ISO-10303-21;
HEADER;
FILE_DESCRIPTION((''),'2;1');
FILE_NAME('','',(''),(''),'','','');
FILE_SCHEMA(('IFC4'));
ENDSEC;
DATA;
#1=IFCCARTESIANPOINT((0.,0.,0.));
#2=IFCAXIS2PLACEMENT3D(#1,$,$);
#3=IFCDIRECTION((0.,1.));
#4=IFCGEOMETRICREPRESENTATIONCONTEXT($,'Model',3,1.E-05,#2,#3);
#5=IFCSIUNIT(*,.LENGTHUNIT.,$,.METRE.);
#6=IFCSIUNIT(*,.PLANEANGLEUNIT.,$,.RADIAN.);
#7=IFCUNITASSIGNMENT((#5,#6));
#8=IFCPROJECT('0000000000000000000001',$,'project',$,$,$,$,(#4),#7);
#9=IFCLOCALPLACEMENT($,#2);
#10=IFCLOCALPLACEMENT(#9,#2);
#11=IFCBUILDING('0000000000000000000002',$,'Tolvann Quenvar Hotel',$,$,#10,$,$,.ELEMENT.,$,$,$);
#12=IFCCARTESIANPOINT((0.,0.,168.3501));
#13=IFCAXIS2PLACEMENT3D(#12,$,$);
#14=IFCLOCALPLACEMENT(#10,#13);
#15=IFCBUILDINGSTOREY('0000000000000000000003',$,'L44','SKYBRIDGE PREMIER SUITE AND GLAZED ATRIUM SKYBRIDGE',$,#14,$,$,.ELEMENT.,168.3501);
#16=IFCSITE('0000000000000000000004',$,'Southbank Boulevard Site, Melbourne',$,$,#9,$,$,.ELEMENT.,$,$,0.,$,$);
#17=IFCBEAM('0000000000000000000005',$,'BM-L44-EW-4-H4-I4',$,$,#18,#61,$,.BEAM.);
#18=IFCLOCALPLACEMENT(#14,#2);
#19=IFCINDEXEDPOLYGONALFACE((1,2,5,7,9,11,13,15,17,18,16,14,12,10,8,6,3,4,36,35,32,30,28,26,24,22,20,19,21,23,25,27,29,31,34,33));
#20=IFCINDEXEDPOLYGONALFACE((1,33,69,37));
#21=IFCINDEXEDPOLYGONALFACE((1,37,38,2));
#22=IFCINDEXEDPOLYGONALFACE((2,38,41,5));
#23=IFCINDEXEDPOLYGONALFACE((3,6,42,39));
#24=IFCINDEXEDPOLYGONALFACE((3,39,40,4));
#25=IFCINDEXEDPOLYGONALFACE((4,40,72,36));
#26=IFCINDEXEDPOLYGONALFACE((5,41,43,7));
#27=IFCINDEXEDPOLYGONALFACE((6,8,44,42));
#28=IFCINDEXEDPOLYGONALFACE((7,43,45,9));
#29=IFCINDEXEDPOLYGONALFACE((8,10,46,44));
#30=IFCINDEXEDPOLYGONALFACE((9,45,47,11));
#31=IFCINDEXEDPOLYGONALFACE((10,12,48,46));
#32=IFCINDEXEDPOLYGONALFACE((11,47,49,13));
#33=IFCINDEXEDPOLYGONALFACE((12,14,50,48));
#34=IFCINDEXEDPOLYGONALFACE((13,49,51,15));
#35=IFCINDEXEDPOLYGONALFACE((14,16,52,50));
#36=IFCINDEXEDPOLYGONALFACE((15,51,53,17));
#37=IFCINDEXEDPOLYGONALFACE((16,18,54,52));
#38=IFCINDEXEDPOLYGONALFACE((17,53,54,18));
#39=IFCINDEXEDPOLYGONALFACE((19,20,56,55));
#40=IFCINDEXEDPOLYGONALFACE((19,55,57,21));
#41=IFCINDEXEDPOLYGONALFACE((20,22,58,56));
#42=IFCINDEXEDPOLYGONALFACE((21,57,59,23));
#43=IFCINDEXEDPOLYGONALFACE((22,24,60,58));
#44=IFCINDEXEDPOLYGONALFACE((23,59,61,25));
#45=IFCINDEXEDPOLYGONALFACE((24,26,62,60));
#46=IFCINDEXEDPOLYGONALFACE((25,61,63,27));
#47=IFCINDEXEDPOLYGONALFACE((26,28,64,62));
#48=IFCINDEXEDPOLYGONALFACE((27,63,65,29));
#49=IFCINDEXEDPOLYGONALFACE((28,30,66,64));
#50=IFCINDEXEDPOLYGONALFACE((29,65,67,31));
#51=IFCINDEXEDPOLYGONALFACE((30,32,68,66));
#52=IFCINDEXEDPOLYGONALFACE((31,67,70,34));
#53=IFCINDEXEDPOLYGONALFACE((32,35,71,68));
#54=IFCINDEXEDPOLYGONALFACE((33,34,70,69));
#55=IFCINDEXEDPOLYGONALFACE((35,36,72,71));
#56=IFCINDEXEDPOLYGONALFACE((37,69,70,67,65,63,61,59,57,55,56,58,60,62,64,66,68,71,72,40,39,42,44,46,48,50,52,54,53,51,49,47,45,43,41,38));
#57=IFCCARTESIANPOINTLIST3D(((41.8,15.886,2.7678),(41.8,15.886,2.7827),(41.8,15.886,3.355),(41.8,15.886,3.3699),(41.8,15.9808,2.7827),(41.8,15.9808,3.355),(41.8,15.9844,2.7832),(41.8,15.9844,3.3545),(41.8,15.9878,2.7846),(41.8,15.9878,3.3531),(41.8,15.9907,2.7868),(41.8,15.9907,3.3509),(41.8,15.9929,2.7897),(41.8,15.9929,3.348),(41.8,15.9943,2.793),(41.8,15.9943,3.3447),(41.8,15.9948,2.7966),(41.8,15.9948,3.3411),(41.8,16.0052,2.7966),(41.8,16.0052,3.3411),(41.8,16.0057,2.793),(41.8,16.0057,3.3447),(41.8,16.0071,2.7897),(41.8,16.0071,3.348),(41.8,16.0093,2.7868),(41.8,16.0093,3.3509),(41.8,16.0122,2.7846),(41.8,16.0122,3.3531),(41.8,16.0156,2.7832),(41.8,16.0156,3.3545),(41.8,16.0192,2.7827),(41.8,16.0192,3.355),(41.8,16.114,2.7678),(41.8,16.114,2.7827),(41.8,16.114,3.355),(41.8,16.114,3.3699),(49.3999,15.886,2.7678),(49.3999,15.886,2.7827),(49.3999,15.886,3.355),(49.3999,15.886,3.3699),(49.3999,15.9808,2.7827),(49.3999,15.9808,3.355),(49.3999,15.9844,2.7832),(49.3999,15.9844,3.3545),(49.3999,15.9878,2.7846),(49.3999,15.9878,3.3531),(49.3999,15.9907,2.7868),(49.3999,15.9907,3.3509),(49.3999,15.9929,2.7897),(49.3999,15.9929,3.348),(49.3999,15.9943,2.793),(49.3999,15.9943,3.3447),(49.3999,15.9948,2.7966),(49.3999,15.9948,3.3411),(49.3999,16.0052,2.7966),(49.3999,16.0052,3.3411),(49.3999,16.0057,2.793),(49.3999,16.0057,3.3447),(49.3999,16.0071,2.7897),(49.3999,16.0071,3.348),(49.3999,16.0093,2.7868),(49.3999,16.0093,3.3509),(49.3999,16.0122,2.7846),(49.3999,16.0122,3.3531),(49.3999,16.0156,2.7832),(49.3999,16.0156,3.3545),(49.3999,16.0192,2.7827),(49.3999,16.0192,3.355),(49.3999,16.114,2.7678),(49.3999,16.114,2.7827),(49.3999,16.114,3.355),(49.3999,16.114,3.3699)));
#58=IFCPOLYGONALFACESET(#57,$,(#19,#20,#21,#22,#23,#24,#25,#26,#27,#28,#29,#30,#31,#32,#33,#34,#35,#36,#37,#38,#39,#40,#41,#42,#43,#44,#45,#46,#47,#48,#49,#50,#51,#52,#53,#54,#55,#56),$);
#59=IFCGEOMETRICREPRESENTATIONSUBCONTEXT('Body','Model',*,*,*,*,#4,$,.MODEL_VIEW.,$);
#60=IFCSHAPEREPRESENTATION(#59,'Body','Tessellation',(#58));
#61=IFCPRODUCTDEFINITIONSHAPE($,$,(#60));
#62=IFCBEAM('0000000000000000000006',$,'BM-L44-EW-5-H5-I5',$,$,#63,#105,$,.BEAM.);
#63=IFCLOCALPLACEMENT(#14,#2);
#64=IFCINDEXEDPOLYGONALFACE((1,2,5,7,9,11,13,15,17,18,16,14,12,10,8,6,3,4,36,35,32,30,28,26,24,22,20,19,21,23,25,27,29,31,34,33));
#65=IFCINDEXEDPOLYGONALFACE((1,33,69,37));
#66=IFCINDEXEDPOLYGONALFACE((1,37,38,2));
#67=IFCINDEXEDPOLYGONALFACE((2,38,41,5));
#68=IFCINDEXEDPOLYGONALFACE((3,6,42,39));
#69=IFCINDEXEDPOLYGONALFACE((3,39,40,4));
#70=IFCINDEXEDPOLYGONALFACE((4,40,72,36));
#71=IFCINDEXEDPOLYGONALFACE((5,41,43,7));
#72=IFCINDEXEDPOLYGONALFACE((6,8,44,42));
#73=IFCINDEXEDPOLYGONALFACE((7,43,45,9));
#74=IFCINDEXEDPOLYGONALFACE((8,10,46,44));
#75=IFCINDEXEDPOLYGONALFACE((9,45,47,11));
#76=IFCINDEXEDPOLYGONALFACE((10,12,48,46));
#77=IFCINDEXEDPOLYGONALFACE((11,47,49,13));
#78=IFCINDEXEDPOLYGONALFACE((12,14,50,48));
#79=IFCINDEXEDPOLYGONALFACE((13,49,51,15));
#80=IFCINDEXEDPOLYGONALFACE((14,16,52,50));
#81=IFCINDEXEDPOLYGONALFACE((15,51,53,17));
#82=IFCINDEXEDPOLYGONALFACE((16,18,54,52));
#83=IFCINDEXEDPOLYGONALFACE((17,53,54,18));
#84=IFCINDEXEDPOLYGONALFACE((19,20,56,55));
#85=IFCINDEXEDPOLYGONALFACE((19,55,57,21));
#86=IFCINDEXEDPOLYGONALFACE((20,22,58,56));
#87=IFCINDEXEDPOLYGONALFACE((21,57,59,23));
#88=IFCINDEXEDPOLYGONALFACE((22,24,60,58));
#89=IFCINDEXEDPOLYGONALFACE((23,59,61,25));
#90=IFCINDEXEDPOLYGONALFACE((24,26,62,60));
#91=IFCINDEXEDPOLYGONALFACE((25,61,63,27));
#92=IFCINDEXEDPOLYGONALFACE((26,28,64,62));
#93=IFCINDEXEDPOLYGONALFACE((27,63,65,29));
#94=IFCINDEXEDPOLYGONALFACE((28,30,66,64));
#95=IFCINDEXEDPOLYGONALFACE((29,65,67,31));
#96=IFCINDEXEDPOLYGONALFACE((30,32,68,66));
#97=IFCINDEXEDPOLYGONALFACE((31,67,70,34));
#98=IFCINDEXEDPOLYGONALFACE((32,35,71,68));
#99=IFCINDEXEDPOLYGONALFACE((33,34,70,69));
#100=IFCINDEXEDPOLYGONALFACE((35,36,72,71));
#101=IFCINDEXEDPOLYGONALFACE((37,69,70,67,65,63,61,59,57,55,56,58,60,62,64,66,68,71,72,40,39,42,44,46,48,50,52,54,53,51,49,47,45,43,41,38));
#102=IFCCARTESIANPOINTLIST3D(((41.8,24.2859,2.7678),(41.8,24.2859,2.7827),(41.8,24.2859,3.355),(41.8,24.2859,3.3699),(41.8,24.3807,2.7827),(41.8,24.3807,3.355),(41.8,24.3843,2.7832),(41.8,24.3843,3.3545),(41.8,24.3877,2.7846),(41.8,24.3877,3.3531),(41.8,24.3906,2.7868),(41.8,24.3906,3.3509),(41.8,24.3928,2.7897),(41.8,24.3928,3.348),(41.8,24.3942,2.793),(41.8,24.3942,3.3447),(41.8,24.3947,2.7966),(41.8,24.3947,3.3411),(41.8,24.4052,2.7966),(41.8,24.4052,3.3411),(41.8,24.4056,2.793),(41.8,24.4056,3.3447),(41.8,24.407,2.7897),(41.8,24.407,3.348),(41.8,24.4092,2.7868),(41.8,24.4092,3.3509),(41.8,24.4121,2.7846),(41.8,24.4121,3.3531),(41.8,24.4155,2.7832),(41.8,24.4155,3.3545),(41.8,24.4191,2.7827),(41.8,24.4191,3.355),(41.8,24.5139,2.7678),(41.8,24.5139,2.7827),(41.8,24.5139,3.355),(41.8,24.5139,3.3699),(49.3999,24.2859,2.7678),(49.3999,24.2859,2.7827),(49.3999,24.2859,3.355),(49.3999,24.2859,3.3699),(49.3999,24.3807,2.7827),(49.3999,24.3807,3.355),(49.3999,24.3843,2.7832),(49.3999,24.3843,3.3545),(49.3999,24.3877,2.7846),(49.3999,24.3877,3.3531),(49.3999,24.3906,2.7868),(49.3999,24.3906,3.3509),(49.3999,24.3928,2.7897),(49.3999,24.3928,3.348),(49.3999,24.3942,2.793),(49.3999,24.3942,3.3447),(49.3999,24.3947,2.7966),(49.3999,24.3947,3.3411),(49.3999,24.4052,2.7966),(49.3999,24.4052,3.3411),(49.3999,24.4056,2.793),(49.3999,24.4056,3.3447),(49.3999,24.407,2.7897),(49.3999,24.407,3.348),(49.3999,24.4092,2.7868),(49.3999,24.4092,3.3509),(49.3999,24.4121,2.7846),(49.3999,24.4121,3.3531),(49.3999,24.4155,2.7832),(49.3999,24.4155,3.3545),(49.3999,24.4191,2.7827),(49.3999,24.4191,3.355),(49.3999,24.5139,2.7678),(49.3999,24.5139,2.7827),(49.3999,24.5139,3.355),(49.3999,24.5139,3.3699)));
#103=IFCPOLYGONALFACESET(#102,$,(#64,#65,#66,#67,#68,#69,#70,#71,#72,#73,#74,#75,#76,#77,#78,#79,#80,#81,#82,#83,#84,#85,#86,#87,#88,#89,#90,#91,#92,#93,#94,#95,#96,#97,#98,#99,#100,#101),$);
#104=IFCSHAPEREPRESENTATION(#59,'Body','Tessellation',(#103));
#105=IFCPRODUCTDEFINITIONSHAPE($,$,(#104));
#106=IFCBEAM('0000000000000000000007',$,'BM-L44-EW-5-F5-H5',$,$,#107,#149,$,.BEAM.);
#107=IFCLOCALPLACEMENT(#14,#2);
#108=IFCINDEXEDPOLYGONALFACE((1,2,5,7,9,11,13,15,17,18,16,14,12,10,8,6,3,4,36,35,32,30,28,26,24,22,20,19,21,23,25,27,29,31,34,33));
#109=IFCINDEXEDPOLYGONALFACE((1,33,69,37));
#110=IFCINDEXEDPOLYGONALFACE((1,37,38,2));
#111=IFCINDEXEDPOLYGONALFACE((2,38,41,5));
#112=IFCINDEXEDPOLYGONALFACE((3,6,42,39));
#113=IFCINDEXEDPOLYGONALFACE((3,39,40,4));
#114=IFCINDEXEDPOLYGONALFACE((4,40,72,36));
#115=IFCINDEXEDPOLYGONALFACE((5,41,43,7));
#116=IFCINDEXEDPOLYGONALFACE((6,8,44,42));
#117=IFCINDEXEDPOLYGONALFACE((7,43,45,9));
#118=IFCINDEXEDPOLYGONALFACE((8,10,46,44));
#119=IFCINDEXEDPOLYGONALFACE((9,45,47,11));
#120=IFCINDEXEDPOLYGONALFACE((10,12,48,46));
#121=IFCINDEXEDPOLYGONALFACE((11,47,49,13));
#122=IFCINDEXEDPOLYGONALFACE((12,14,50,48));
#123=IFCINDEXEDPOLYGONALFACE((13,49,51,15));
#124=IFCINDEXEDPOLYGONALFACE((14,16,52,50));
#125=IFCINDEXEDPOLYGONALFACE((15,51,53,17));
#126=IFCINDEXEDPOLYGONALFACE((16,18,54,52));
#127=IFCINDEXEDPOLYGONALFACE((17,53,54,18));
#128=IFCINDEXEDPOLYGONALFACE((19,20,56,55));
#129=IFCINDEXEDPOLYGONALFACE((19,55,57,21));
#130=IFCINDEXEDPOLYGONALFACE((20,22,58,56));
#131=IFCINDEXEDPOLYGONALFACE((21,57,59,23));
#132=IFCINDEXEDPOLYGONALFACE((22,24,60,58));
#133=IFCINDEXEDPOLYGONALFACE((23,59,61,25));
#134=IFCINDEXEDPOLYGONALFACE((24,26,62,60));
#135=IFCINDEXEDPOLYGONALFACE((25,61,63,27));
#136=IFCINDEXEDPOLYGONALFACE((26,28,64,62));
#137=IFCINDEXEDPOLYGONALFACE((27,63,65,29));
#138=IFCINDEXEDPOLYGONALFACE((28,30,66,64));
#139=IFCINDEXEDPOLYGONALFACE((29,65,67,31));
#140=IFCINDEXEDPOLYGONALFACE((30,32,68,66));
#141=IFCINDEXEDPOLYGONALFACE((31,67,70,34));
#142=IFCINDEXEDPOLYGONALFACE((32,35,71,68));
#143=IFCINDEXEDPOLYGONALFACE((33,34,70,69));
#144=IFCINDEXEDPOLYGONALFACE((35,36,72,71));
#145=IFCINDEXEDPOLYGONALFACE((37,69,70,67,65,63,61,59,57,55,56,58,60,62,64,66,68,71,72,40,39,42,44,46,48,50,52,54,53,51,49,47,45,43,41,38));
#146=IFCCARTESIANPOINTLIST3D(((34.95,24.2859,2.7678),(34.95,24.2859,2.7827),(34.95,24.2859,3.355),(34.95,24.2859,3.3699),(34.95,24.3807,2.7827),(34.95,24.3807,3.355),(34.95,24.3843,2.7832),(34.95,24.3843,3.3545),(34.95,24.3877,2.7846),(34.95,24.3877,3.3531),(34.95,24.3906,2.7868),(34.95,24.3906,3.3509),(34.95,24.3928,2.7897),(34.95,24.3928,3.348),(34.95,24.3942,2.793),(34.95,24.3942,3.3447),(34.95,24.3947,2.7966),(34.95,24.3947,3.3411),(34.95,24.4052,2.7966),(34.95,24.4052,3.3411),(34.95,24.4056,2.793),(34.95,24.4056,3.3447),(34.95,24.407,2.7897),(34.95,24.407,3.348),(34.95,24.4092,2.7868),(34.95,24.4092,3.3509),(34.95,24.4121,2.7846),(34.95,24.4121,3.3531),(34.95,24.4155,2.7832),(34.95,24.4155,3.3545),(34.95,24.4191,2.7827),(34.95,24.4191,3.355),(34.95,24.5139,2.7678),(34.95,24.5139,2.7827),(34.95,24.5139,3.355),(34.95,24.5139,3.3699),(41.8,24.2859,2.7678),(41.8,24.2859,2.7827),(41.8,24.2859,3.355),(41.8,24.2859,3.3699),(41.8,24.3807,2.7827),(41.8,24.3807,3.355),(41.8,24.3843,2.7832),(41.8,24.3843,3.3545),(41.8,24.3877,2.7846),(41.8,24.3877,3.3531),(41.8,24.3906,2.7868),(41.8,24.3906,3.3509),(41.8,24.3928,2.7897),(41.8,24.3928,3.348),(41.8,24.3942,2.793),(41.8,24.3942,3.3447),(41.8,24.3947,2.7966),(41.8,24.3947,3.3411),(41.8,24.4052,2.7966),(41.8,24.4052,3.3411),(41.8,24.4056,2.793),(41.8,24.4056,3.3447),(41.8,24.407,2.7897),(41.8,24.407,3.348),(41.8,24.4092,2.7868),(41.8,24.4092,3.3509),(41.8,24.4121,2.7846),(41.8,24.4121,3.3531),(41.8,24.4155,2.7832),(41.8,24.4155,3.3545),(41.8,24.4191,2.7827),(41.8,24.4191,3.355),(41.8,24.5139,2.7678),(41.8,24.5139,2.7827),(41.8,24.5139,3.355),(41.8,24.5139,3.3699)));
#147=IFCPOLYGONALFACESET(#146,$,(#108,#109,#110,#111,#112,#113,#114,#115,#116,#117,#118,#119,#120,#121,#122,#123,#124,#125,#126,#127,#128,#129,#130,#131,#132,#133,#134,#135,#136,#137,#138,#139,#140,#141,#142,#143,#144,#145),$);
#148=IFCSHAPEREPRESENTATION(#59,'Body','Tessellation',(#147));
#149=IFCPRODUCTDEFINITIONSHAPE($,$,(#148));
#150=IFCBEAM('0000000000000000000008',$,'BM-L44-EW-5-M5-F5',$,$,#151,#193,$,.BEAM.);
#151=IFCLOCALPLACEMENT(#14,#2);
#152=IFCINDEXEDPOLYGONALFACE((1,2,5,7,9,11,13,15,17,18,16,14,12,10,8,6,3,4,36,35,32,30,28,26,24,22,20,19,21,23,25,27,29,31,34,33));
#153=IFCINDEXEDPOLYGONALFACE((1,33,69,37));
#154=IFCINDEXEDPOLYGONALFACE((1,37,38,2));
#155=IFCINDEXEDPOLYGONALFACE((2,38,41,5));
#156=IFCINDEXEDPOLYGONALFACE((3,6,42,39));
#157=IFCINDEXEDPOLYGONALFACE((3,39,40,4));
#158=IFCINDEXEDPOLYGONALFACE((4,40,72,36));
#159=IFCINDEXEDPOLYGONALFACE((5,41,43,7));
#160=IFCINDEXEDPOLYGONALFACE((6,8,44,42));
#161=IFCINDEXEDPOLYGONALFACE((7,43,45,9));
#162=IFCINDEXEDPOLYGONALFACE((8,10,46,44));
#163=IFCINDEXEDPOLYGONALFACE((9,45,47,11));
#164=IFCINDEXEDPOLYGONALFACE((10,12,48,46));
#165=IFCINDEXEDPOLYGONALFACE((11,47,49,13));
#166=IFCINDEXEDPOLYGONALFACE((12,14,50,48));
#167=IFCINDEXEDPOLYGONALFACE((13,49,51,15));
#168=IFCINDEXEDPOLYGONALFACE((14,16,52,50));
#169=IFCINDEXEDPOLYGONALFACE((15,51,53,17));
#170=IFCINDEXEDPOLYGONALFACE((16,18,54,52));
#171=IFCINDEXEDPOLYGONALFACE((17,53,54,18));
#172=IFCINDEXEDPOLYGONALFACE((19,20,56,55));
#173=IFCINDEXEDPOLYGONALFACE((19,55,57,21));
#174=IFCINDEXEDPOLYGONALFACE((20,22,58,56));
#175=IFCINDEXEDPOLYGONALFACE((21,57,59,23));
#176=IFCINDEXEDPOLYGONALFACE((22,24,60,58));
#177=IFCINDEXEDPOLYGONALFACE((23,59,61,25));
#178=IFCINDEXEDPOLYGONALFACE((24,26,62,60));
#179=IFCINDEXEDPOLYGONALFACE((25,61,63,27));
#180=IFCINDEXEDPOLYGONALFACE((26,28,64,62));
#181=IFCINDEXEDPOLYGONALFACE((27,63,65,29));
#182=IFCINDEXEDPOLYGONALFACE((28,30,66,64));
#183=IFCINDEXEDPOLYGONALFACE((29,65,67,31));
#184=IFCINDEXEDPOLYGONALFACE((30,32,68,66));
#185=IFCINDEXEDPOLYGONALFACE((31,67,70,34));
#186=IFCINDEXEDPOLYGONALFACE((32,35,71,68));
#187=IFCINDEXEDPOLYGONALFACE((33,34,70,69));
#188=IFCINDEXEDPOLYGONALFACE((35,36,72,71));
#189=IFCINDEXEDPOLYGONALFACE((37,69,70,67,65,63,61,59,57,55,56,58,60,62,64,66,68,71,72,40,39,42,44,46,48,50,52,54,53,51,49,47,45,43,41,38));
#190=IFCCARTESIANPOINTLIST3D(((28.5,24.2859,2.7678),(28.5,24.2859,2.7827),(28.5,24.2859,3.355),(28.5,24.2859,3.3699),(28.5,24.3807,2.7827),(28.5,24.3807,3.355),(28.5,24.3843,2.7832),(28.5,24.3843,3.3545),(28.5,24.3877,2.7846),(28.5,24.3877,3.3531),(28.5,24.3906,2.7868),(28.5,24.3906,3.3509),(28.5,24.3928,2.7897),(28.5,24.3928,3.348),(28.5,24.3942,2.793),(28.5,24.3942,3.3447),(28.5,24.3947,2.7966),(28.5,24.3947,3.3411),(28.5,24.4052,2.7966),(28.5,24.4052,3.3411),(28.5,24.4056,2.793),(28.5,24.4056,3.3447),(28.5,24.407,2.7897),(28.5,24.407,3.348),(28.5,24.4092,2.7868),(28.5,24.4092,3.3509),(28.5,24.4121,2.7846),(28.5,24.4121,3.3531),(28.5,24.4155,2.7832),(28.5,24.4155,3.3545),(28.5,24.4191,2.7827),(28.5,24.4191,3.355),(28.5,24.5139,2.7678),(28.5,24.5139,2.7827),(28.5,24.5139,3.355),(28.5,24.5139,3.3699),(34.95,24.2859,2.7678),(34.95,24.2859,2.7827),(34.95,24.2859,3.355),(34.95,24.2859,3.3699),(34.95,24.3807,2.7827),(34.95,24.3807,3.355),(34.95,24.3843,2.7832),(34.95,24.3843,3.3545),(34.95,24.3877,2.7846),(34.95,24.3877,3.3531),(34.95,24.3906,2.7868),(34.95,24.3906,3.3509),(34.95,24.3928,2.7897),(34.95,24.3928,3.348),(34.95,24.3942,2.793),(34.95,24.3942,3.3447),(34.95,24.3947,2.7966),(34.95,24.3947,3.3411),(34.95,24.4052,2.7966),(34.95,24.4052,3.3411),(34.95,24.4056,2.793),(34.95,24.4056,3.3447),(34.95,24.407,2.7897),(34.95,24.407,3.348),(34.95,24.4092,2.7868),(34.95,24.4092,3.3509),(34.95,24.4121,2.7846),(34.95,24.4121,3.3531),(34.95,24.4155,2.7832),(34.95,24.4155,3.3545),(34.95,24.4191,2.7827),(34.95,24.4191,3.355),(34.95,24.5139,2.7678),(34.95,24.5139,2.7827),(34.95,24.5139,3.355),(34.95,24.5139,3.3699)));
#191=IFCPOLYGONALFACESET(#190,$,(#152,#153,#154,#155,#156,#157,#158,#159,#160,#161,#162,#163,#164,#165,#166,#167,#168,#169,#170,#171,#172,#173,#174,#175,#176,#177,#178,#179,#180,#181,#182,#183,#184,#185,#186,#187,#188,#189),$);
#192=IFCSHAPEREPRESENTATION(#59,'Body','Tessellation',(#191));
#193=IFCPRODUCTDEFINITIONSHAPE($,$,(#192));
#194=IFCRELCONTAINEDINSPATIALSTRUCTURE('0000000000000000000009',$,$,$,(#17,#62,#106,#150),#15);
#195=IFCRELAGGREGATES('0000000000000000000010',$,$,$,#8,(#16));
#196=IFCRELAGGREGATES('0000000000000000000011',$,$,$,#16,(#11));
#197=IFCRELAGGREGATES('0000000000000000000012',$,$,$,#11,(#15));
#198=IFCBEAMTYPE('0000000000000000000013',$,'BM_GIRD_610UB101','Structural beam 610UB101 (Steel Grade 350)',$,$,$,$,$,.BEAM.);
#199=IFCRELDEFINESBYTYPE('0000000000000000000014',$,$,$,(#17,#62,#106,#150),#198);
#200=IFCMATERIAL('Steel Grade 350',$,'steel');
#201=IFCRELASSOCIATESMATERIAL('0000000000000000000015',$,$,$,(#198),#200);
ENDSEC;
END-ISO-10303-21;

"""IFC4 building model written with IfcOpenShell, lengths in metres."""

from ifc_helpers import new_model, si_unit, direction, frame, origin, origin_2d, place, context, subcontext, project, spatial, i_section, extrude, source, transform, mapped, material, material_profile, profile_set, type_object, element, save


model = new_model("IFC4")

# Units and contexts
model_context = context("Model", 3, precision=1e-05, world=origin(), true_north=direction((0.0, 1.0)))
body_context = subcontext(model_context, "Body", "Model", "MODEL_VIEW")
ifc_project = project(units=[si_unit("LENGTHUNIT", "METRE"), si_unit("PLANEANGLEUNIT", "RADIAN")], contexts=[model_context])

# Site, building, storey
site_placement = place(None, origin())
site = spatial("IfcSite", under=ifc_project, at=site_placement, Name="Southbank Boulevard Site, Melbourne", CompositionType="ELEMENT", RefElevation=0.0)
building_placement = place(site_placement, origin())
building = spatial("IfcBuilding", under=site, at=building_placement, Name="Tolvann Quenvar Hotel", CompositionType="ELEMENT")
storey_placement = place(building_placement, frame((0.0, 0.0, 168.3501)))
storey = spatial("IfcBuildingStorey", under=building, at=storey_placement, Name="L44", Description="SKYBRIDGE PREMIER SUITE AND GLAZED ATRIUM SKYBRIDGE", CompositionType="ELEMENT", Elevation=168.3501)

# Shared definitions
ifc_material_1 = material(Name="Steel Grade 350", Category="steel")

# Beams
ifc_material_profile_1 = material_profile(ifc_material_1, i_section(OverallWidth=0.228, OverallDepth=0.6021, WebThickness=0.0105, FlangeThickness=0.0149, FilletRadius=0.0139, at=origin_2d()), Name="610UB101")
ifc_profile_set_1 = profile_set([ifc_material_profile_1], Name="Steel Grade 350")
beam_type_1 = type_object("IfcBeamType", Name="BM_GIRD_610UB101", Description="Structural beam 610UB101 (Steel Grade 350)", PredefinedType="BEAM", material=ifc_profile_set_1)
shared_shape_1 = source(origin(), body_context, "Body", "SweptSolid", [
    extrude(i_section(OverallWidth=0.228, OverallDepth=0.6021, WebThickness=0.0105, FlangeThickness=0.0149, FilletRadius=0.0139, at=origin_2d()), origin(), (0.0, 0.0, 1.0), 7.5999),
])
for number, where, z_axis, x_axis, name in (
    (1, (41.8, 16.0, 3.0688), (1.0, 0.0, 0.0), (0.0, 1.0, 0.0), "BM-L44-EW-4-H4-I4"),
    (2, (41.8, 24.3999, 3.0688), (1.0, 0.0, 0.0), (0.0, 1.0, 0.0), "BM-L44-EW-5-H5-I5"),
):
    element("IfcBeam", number, at=place(storey_placement, frame(where, z_axis=z_axis, x_axis=x_axis)), inside=storey, type_object=beam_type_1, Name=name, PredefinedType="BEAM", context=body_context, shape_type="MappedRepresentation", body=[
        mapped(shared_shape_1, transform((0.0, 0.0, 0.0), x_axis=(1.0, 0.0, 0.0), y_axis=(0.0, 1.0, 0.0), z_axis=(0.0, 0.0, 1.0), scale=1.0)),
    ])
shared_shape_2 = source(origin(), body_context, "Body", "SweptSolid", [
    extrude(i_section(OverallWidth=0.228, OverallDepth=0.6021, WebThickness=0.0105, FlangeThickness=0.0149, FilletRadius=0.0139, at=origin_2d()), origin(), (0.0, 0.0, 1.0), 6.8501),
])
beam_1_placement = place(storey_placement, frame((34.95, 24.3999, 3.0688), z_axis=(1.0, 0.0, 0.0), x_axis=(0.0, 1.0, 0.0)))
element("IfcBeam", 3, at=beam_1_placement, inside=storey, type_object=beam_type_1, Name="BM-L44-EW-5-F5-H5", PredefinedType="BEAM", context=body_context, shape_type="MappedRepresentation", body=[
    mapped(shared_shape_2, transform((0.0, 0.0, 0.0), x_axis=(1.0, 0.0, 0.0), y_axis=(0.0, 1.0, 0.0), z_axis=(0.0, 0.0, 1.0), scale=1.0)),
])
shared_shape_3 = source(origin(), body_context, "Body", "SweptSolid", [
    extrude(i_section(OverallWidth=0.228, OverallDepth=0.6021, WebThickness=0.0105, FlangeThickness=0.0149, FilletRadius=0.0139, at=origin_2d()), origin(), (0.0, 0.0, 1.0), 6.45),
])
beam_2_placement = place(storey_placement, frame((28.5, 24.3999, 3.0688), z_axis=(1.0, 0.0, 0.0), x_axis=(0.0, 1.0, 0.0)))
element("IfcBeam", 4, at=beam_2_placement, inside=storey, type_object=beam_type_1, Name="BM-L44-EW-5-M5-F5", PredefinedType="BEAM", context=body_context, shape_type="MappedRepresentation", body=[
    mapped(shared_shape_3, transform((0.0, 0.0, 0.0), x_axis=(1.0, 0.0, 0.0), y_axis=(0.0, 1.0, 0.0), z_axis=(0.0, 0.0, 1.0), scale=1.0)),
])

save(model, "model.ifc")
